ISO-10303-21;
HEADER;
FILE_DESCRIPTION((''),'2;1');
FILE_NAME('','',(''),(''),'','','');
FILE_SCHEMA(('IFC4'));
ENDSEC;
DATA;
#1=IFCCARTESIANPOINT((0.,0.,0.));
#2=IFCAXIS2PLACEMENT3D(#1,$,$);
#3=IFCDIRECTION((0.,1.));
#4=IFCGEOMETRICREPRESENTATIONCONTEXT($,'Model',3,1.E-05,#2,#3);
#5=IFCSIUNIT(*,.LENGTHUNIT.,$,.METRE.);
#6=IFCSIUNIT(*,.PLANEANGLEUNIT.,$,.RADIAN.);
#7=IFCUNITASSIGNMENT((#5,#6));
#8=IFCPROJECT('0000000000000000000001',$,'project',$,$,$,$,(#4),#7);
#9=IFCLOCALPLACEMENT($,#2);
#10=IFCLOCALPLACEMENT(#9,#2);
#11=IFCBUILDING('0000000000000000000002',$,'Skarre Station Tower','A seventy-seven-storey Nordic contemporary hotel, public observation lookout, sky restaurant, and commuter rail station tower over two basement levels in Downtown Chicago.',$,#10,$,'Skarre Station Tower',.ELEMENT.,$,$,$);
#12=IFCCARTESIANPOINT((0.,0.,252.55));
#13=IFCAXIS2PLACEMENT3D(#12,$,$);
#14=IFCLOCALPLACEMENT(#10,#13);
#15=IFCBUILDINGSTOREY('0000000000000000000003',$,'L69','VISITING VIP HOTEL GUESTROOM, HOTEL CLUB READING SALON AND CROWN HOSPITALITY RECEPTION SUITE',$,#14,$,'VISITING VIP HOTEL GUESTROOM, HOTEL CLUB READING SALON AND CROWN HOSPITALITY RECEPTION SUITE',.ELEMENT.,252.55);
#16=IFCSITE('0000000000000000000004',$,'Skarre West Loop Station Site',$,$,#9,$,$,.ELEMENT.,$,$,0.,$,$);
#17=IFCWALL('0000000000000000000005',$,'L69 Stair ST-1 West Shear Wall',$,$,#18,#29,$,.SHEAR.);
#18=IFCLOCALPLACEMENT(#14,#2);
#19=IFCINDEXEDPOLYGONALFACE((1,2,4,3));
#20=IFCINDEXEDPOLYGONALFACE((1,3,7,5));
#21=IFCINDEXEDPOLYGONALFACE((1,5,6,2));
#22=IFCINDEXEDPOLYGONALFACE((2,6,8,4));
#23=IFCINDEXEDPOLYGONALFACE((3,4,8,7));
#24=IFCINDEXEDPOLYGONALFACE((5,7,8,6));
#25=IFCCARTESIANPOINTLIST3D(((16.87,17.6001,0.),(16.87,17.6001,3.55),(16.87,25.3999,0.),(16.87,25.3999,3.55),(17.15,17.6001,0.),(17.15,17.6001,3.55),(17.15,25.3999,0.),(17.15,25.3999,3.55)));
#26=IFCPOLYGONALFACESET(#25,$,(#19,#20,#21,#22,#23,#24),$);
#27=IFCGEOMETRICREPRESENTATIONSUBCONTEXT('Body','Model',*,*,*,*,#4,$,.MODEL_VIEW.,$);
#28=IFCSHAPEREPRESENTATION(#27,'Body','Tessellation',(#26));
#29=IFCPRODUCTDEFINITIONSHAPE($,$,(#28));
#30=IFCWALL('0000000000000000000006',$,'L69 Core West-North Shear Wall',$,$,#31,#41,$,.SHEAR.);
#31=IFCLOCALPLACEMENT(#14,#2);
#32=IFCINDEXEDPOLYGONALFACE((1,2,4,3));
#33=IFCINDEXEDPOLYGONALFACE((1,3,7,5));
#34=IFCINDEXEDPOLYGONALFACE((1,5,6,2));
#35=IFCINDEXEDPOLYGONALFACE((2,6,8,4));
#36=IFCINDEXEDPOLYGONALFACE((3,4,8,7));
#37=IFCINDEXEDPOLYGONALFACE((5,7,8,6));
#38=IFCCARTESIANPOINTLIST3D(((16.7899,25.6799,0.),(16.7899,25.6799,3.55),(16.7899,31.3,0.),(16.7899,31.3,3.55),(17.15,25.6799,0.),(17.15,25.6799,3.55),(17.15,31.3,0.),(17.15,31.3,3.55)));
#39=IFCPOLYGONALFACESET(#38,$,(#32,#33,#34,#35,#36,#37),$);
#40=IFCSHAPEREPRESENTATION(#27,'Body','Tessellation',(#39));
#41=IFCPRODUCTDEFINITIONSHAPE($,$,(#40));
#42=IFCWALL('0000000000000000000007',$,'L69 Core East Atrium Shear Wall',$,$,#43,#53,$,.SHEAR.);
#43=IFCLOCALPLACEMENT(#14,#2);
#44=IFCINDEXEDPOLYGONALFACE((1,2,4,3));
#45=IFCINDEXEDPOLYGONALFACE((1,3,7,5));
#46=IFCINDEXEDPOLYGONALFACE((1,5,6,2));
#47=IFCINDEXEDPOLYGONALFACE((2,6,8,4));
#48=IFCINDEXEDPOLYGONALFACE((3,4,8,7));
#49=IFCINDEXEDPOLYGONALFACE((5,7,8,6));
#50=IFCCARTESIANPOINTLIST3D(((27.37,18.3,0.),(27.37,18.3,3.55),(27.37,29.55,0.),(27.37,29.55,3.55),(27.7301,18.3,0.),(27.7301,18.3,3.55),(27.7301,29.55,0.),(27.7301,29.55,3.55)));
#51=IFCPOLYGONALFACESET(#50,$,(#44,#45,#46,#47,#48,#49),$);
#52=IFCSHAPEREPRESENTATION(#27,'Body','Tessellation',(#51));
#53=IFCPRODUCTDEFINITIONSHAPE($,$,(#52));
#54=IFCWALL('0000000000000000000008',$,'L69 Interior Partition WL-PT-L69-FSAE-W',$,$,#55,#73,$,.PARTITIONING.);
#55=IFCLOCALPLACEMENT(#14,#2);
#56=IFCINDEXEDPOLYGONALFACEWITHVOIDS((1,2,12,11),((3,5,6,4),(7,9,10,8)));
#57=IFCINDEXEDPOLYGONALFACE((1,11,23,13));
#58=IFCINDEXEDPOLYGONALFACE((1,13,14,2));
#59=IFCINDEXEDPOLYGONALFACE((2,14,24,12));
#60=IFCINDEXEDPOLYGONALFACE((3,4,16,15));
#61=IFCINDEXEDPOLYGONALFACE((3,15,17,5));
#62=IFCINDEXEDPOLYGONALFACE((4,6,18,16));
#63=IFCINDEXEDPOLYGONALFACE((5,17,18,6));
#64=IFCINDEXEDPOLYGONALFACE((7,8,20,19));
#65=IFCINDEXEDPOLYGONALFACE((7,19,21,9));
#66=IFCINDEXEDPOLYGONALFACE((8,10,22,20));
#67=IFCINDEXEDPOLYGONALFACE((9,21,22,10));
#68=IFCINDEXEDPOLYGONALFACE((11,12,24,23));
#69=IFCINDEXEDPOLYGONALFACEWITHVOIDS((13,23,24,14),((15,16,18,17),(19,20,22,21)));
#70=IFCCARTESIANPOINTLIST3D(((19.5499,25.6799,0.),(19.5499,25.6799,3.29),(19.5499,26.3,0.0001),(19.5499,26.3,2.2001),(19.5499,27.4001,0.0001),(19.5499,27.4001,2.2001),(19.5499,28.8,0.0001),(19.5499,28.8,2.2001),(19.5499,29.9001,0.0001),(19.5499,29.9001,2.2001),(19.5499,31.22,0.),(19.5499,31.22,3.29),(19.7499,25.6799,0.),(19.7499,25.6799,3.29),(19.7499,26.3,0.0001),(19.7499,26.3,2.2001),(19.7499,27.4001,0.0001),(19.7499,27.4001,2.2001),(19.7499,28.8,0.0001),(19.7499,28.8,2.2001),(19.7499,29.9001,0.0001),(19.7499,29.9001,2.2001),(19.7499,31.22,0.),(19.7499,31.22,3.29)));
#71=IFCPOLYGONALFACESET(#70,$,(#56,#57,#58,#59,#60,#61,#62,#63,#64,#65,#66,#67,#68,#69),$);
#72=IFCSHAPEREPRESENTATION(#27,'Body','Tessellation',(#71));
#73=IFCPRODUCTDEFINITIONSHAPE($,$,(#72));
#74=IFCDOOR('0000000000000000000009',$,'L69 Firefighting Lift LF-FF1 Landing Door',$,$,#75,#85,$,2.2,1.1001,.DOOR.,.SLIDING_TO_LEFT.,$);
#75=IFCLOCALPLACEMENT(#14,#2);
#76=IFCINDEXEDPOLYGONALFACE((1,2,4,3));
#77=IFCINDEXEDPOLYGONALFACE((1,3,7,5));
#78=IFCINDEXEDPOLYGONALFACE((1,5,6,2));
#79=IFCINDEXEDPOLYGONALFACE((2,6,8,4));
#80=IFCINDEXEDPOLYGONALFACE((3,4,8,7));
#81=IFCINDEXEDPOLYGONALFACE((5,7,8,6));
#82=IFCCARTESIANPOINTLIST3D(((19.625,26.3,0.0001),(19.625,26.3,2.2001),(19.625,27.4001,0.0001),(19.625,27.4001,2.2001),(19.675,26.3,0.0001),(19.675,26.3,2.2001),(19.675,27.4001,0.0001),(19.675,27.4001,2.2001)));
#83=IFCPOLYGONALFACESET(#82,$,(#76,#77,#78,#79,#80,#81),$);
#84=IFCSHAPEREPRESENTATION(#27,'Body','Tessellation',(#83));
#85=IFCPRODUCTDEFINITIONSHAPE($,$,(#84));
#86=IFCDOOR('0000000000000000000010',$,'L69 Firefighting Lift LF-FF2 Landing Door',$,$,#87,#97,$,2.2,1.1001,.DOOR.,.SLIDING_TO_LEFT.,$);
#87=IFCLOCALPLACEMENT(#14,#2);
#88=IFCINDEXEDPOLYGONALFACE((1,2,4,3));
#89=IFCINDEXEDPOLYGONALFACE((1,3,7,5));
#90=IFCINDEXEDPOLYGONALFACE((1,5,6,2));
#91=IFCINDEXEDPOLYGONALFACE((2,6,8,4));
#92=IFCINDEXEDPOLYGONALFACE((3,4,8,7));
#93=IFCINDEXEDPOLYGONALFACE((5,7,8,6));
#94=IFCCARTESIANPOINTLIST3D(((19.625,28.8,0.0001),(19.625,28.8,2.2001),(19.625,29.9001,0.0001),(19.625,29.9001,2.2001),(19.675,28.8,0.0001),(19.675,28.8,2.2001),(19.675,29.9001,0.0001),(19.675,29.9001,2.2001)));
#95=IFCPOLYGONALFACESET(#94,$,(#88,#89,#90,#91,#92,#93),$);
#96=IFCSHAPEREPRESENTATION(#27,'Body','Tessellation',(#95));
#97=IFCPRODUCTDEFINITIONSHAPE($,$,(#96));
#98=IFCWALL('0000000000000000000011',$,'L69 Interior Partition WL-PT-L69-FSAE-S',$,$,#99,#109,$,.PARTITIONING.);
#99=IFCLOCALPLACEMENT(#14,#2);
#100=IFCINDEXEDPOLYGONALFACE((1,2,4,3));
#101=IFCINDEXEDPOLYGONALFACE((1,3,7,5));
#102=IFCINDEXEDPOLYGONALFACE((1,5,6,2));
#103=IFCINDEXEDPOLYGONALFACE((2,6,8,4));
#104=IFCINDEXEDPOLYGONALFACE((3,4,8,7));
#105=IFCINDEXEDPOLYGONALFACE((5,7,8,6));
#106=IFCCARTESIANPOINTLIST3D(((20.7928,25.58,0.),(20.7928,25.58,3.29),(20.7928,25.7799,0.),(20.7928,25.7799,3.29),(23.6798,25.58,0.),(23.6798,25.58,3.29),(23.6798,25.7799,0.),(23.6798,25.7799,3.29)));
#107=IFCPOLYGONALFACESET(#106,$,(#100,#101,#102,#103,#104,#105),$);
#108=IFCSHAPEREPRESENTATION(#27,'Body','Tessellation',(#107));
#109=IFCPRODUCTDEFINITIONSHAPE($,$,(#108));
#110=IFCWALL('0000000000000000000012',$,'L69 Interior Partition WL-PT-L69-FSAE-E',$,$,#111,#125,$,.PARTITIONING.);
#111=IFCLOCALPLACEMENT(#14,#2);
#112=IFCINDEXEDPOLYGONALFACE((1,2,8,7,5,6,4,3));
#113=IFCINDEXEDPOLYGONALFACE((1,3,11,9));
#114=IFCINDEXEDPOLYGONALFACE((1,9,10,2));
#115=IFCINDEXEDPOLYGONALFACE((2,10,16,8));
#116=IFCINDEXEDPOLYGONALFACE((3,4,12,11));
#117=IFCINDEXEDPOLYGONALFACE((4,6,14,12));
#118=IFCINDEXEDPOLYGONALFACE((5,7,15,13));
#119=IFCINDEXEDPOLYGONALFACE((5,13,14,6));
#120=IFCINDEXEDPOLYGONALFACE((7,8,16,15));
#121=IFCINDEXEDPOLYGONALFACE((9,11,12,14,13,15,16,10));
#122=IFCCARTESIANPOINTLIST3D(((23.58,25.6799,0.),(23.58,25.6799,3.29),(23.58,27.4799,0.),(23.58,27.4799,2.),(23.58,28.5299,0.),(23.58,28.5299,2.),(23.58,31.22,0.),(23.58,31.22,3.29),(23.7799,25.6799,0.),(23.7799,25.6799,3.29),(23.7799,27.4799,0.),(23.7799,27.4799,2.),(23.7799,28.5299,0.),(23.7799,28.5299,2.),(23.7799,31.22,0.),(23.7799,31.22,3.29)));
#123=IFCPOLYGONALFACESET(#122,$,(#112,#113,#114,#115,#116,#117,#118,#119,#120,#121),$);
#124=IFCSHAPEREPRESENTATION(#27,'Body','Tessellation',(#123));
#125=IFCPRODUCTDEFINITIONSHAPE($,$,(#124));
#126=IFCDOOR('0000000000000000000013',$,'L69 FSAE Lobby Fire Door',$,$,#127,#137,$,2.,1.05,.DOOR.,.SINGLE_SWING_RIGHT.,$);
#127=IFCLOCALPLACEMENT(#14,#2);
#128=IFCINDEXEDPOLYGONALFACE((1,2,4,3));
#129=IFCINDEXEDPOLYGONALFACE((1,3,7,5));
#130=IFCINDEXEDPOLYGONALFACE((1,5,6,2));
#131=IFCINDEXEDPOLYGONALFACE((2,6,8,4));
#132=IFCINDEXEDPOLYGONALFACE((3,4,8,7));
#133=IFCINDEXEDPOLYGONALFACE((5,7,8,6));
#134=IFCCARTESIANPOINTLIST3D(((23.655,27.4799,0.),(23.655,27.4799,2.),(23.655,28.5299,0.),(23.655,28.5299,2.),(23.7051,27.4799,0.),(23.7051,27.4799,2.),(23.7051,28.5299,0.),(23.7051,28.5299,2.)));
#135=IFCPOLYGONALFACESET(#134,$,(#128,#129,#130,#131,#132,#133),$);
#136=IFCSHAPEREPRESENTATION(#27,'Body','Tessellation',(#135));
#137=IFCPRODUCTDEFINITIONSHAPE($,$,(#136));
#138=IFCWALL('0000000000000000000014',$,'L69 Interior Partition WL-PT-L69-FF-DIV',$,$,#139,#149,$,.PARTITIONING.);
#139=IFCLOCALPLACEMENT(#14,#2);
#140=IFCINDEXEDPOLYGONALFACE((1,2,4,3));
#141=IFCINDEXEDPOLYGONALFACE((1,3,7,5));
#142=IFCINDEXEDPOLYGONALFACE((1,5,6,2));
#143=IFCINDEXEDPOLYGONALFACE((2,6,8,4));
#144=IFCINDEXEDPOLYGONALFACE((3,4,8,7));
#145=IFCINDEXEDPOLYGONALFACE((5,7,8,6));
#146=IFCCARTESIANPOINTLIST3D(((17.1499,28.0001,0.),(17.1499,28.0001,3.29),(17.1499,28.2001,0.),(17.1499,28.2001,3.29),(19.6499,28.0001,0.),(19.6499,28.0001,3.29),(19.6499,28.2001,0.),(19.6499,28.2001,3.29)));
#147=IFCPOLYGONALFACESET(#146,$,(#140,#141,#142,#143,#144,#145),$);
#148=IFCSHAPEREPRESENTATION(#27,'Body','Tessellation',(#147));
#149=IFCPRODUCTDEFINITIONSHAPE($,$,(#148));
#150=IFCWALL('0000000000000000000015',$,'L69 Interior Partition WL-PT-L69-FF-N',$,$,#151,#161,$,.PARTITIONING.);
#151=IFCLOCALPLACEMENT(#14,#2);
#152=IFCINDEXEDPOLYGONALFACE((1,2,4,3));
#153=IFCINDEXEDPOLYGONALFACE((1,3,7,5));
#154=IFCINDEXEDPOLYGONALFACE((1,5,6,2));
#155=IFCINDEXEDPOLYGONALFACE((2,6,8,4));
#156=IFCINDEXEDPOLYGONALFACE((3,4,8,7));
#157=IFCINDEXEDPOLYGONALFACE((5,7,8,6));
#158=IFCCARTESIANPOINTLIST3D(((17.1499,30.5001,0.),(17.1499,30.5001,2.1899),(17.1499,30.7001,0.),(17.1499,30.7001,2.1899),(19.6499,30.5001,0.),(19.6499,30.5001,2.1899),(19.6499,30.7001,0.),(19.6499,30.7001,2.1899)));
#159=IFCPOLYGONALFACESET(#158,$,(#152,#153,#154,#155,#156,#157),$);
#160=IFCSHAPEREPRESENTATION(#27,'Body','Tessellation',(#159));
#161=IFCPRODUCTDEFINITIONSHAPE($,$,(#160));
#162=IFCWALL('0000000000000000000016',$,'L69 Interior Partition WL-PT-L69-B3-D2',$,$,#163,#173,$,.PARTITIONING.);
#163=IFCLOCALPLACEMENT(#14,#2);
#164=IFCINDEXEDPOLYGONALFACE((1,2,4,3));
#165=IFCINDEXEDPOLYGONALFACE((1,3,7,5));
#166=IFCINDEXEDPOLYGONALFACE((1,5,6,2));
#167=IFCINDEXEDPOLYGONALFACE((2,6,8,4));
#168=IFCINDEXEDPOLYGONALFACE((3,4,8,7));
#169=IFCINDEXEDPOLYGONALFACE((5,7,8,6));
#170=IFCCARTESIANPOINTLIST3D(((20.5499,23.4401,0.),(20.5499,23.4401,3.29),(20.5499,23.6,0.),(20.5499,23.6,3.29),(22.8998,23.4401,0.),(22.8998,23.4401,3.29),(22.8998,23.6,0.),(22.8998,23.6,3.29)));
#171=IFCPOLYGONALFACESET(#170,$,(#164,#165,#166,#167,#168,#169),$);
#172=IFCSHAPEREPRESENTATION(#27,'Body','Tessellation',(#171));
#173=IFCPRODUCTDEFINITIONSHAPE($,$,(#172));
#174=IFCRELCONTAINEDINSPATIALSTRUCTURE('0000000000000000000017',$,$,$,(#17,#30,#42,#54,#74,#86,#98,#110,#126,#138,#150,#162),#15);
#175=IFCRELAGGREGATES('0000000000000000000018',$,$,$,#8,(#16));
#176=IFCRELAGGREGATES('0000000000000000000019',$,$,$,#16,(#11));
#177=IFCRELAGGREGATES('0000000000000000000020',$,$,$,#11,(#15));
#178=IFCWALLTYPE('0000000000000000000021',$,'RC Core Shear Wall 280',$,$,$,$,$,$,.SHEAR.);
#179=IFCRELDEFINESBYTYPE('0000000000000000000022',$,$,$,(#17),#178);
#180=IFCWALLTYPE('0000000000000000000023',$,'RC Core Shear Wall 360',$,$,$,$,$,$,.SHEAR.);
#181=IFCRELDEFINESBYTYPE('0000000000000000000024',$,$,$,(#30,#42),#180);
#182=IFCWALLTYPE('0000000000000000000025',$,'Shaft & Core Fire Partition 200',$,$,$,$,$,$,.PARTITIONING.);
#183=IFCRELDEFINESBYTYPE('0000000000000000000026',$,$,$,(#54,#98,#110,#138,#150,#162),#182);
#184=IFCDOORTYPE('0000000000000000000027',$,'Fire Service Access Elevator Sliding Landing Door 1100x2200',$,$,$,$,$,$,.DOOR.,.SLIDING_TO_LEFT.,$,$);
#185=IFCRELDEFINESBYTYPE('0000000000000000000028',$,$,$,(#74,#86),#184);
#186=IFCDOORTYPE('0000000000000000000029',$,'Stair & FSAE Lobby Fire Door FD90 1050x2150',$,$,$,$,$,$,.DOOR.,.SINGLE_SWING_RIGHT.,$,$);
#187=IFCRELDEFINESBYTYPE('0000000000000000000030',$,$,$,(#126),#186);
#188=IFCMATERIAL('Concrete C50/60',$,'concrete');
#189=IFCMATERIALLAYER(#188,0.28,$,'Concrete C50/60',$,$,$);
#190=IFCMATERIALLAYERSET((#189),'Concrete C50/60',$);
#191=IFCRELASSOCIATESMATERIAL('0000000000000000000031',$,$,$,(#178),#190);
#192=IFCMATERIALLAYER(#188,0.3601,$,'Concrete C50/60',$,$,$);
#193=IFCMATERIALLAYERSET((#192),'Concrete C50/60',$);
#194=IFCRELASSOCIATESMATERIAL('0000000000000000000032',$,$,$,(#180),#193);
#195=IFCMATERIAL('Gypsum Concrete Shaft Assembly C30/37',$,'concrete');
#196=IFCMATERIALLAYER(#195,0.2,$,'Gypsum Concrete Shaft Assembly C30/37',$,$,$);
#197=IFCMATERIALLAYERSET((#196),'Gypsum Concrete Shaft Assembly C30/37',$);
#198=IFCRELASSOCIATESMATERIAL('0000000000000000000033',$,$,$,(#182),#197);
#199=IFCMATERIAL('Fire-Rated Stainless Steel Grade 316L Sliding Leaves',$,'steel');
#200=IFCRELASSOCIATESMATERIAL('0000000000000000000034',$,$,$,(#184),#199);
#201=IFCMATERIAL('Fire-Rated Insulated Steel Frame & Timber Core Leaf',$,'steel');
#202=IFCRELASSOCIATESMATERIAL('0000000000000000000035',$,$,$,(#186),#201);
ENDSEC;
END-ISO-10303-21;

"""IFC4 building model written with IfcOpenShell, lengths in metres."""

from ifc_helpers import new_model, si_unit, direction, frame, frame_2d, origin, place, context, subcontext, project, spatial, rectangle, extrude, material, layer, layer_set, type_object, element, fill, save


model = new_model("IFC4")

# Units and contexts
model_context = context("Model", 3, precision=1e-05, world=origin(), true_north=direction((0.0, 1.0)))
body_context = subcontext(model_context, "Body", "Model", "MODEL_VIEW")
ifc_project = project(units=[si_unit("LENGTHUNIT", "METRE"), si_unit("PLANEANGLEUNIT", "RADIAN")], contexts=[model_context])

# Site, building, storey
site_placement = place(None, origin())
site = spatial("IfcSite", under=ifc_project, at=site_placement, Name="Skarre West Loop Station Site", CompositionType="ELEMENT", RefElevation=0.0)
building_placement = place(site_placement, origin())
building = spatial("IfcBuilding", under=site, at=building_placement, Name="Skarre Station Tower", Description="A seventy-seven-storey Nordic contemporary hotel, public observation lookout, sky restaurant, and commuter rail station tower over two basement levels in Downtown Chicago.", LongName="Skarre Station Tower", CompositionType="ELEMENT")
storey_placement = place(building_placement, frame((0.0, 0.0, 252.55)))
storey = spatial("IfcBuildingStorey", under=building, at=storey_placement, Name="L69", Description="VISITING VIP HOTEL GUESTROOM, HOTEL CLUB READING SALON AND CROWN HOSPITALITY RECEPTION SUITE", LongName="VISITING VIP HOTEL GUESTROOM, HOTEL CLUB READING SALON AND CROWN HOSPITALITY RECEPTION SUITE", CompositionType="ELEMENT", Elevation=252.55)

# Shared definitions
ifc_material_1 = material(Name="Concrete C50/60", Category="concrete")

# Walls
ifc_layer_1 = layer(ifc_material_1, 0.28, Name="Concrete C50/60")
ifc_layer_set_1 = layer_set([ifc_layer_1], Name="Concrete C50/60")
wall_type_1 = type_object("IfcWallType", Name="RC Core Shear Wall 280", PredefinedType="SHEAR", material=ifc_layer_set_1)
wall_1_placement = place(storey_placement, frame((17.01, 25.3999, 0.0), z_axis=(0.0, 0.0, 1.0), x_axis=(0.0, -1.0, 0.0)))
element("IfcWall", 1, at=wall_1_placement, inside=storey, type_object=wall_type_1, Name="L69 Stair ST-1 West Shear Wall", PredefinedType="SHEAR", context=body_context, shape_type="SweptSolid", body=[
    extrude(rectangle(XDim=7.7998, YDim=0.28, at=frame_2d((3.8999, 0.0))), origin(), (0.0, 0.0, 1.0), 3.55),
])
ifc_layer_2 = layer(ifc_material_1, 0.3601, Name="Concrete C50/60")
ifc_layer_set_2 = layer_set([ifc_layer_2], Name="Concrete C50/60")
wall_type_2 = type_object("IfcWallType", Name="RC Core Shear Wall 360", PredefinedType="SHEAR", material=ifc_layer_set_2)
wall_2_placement = place(storey_placement, frame((16.97, 25.6799, 0.0), z_axis=(0.0, 0.0, 1.0), x_axis=(0.0, 1.0, 0.0)))
element("IfcWall", 2, at=wall_2_placement, inside=storey, type_object=wall_type_2, Name="L69 Core West-North Shear Wall", PredefinedType="SHEAR", context=body_context, shape_type="SweptSolid", body=[
    extrude(rectangle(XDim=5.6201, YDim=0.3601, at=frame_2d((2.8101, 0.0))), origin(), (0.0, 0.0, 1.0), 3.55),
])
wall_3_placement = place(storey_placement, frame((27.55, 29.55, 0.0), z_axis=(0.0, 0.0, 1.0), x_axis=(0.0, -1.0, 0.0)))
element("IfcWall", 3, at=wall_3_placement, inside=storey, type_object=wall_type_2, Name="L69 Core East Atrium Shear Wall", PredefinedType="SHEAR", context=body_context, shape_type="SweptSolid", body=[
    extrude(rectangle(XDim=11.25, YDim=0.3601, at=frame_2d((5.625, 0.0))), origin(), (0.0, 0.0, 1.0), 3.55),
])

# Wall, openings, doors
ifc_material_2 = material(Name="Gypsum Concrete Shaft Assembly C30/37", Category="concrete")
ifc_layer_3 = layer(ifc_material_2, 0.2, Name="Gypsum Concrete Shaft Assembly C30/37")
ifc_layer_set_3 = layer_set([ifc_layer_3], Name="Gypsum Concrete Shaft Assembly C30/37")
wall_type_3 = type_object("IfcWallType", Name="Shaft & Core Fire Partition 200", PredefinedType="PARTITIONING", material=ifc_layer_set_3)
wall_4_placement = place(storey_placement, frame((19.6499, 25.6799, 0.0), z_axis=(0.0, 0.0, 1.0), x_axis=(0.0, 1.0, 0.0)))
wall_4 = element("IfcWall", 4, at=wall_4_placement, inside=storey, type_object=wall_type_3, Name="L69 Interior Partition WL-PT-L69-FSAE-W", PredefinedType="PARTITIONING", context=body_context, shape_type="SweptSolid", body=[
    extrude(rectangle(XDim=5.54, YDim=0.2, at=frame_2d((2.77, 0.0))), origin(), (0.0, 0.0, 1.0), 3.29),
])
opening_1_placement = place(wall_4_placement, frame((0.6201, 0.0, 0.0)))
opening_1 = element("IfcOpeningElement", 5, at=opening_1_placement, cuts=wall_4, PredefinedType="OPENING", context=body_context, shape_type="SweptSolid", body=[
    extrude(rectangle(XDim=1.1001, YDim=2.2, at=frame_2d((0.55, 1.1001))), frame((0.0, 0.1099, 0.0), z_axis=(0.0, -1.0, 0.0), x_axis=(1.0, 0.0, 0.0)), (0.0, 0.0, 1.0), 0.22),
])
opening_2_placement = place(wall_4_placement, frame((3.1201, 0.0, 0.0)))
opening_2 = element("IfcOpeningElement", 6, at=opening_2_placement, cuts=wall_4, PredefinedType="OPENING", context=body_context, shape_type="SweptSolid", body=[
    extrude(rectangle(XDim=1.1001, YDim=2.2, at=frame_2d((0.55, 1.1001))), frame((0.0, 0.1099, 0.0), z_axis=(0.0, -1.0, 0.0), x_axis=(1.0, 0.0, 0.0)), (0.0, 0.0, 1.0), 0.22),
])
ifc_material_3 = material(Name="Fire-Rated Stainless Steel Grade 316L Sliding Leaves", Category="steel")
door_type_1 = type_object("IfcDoorType", Name="Fire Service Access Elevator Sliding Landing Door 1100x2200", OperationType="SLIDING_TO_LEFT", PredefinedType="DOOR", material=ifc_material_3)
door_1_placement = place(opening_1_placement, origin())
door_1 = element("IfcDoor", 7, at=door_1_placement, inside=storey, type_object=door_type_1, Name="L69 Firefighting Lift LF-FF1 Landing Door", OperationType="SLIDING_TO_LEFT", OverallHeight=2.2, OverallWidth=1.1001, PredefinedType="DOOR", context=body_context, shape_type="SweptSolid", body=[
    extrude(rectangle(XDim=1.1001, YDim=2.2, at=frame_2d((0.55, 1.1001))), frame((0.0, 0.0249, 0.0), z_axis=(0.0, -1.0, 0.0), x_axis=(1.0, 0.0, 0.0)), (0.0, 0.0, 1.0), 0.05),
])
fill(opening_1, door_1)
door_2_placement = place(opening_2_placement, origin())
door_2 = element("IfcDoor", 8, at=door_2_placement, inside=storey, type_object=door_type_1, Name="L69 Firefighting Lift LF-FF2 Landing Door", OperationType="SLIDING_TO_LEFT", OverallHeight=2.2, OverallWidth=1.1001, PredefinedType="DOOR", context=body_context, shape_type="SweptSolid", body=[
    extrude(rectangle(XDim=1.1001, YDim=2.2, at=frame_2d((0.55, 1.1001))), frame((0.0, 0.0249, 0.0), z_axis=(0.0, -1.0, 0.0), x_axis=(1.0, 0.0, 0.0)), (0.0, 0.0, 1.0), 0.05),
])
fill(opening_2, door_2)

# Wall
wall_5_placement = place(storey_placement, frame((20.793, 25.6799, 0.0), z_axis=(0.0, 0.0, 1.0), x_axis=(1.0, 0.0, 0.0)))
element("IfcWall", 9, at=wall_5_placement, inside=storey, type_object=wall_type_3, Name="L69 Interior Partition WL-PT-L69-FSAE-S", PredefinedType="PARTITIONING", context=body_context, shape_type="SweptSolid", body=[
    extrude(rectangle(XDim=2.887, YDim=0.2, at=frame_2d((1.4434, 0.0))), origin(), (0.0, 0.0, 1.0), 3.29),
])

# Wall, opening, door
wall_6_placement = place(storey_placement, frame((23.6799, 25.6799, 0.0), z_axis=(0.0, 0.0, 1.0), x_axis=(0.0, 1.0, 0.0)))
wall_6 = element("IfcWall", 10, at=wall_6_placement, inside=storey, type_object=wall_type_3, Name="L69 Interior Partition WL-PT-L69-FSAE-E", PredefinedType="PARTITIONING", context=body_context, shape_type="SweptSolid", body=[
    extrude(rectangle(XDim=5.54, YDim=0.2, at=frame_2d((2.77, 0.0))), origin(), (0.0, 0.0, 1.0), 3.29),
])
opening_3_placement = place(wall_6_placement, frame((1.8, 0.0, 0.0)))
opening_3 = element("IfcOpeningElement", 11, at=opening_3_placement, cuts=wall_6, PredefinedType="OPENING", context=body_context, shape_type="SweptSolid", body=[
    extrude(rectangle(XDim=1.05, YDim=2.0, at=frame_2d((0.5249, 1.0))), frame((0.0, 0.1099, 0.0), z_axis=(0.0, -1.0, 0.0), x_axis=(1.0, 0.0, 0.0)), (0.0, 0.0, 1.0), 0.22),
])
ifc_material_4 = material(Name="Fire-Rated Insulated Steel Frame & Timber Core Leaf", Category="steel")
door_type_2 = type_object("IfcDoorType", Name="Stair & FSAE Lobby Fire Door FD90 1050x2150", OperationType="SINGLE_SWING_RIGHT", PredefinedType="DOOR", material=ifc_material_4)
door_3_placement = place(opening_3_placement, origin())
door_3 = element("IfcDoor", 12, at=door_3_placement, inside=storey, type_object=door_type_2, Name="L69 FSAE Lobby Fire Door", OperationType="SINGLE_SWING_RIGHT", OverallHeight=2.0, OverallWidth=1.05, PredefinedType="DOOR", context=body_context, shape_type="SweptSolid", body=[
    extrude(rectangle(XDim=1.05, YDim=2.0, at=frame_2d((0.5249, 1.0))), frame((0.0, 0.0249, 0.0), z_axis=(0.0, -1.0, 0.0), x_axis=(1.0, 0.0, 0.0)), (0.0, 0.0, 1.0), 0.05),
])
fill(opening_3, door_3)

# Walls
wall_7_placement = place(storey_placement, frame((17.1499, 28.1001, 0.0), z_axis=(0.0, 0.0, 1.0), x_axis=(1.0, 0.0, 0.0)))
element("IfcWall", 13, at=wall_7_placement, inside=storey, type_object=wall_type_3, Name="L69 Interior Partition WL-PT-L69-FF-DIV", PredefinedType="PARTITIONING", context=body_context, shape_type="SweptSolid", body=[
    extrude(rectangle(XDim=2.5, YDim=0.2, at=frame_2d((1.25, 0.0))), origin(), (0.0, 0.0, 1.0), 3.29),
])
wall_8_placement = place(storey_placement, frame((19.6499, 30.6001, 0.0), z_axis=(0.0, 0.0, 1.0), x_axis=(-1.0, 0.0, 0.0)))
element("IfcWall", 14, at=wall_8_placement, inside=storey, type_object=wall_type_3, Name="L69 Interior Partition WL-PT-L69-FF-N", PredefinedType="PARTITIONING", context=body_context, shape_type="SweptSolid", body=[
    extrude(rectangle(XDim=2.5, YDim=0.2, at=frame_2d((1.25, 0.0))), origin(), (0.0, 0.0, 1.0), 2.1899),
])
wall_9_placement = place(storey_placement, frame((20.55, 23.52, 0.0), z_axis=(0.0, 0.0, 1.0), x_axis=(1.0, 0.0, 0.0)))
element("IfcWall", 15, at=wall_9_placement, inside=storey, type_object=wall_type_3, Name="L69 Interior Partition WL-PT-L69-B3-D2", PredefinedType="PARTITIONING", context=body_context, shape_type="SweptSolid", body=[
    extrude(rectangle(XDim=2.3499, YDim=0.1599, at=frame_2d((1.1748, 0.0))), origin(), (0.0, 0.0, 1.0), 3.29),
])

save(model, "model.ifc")
